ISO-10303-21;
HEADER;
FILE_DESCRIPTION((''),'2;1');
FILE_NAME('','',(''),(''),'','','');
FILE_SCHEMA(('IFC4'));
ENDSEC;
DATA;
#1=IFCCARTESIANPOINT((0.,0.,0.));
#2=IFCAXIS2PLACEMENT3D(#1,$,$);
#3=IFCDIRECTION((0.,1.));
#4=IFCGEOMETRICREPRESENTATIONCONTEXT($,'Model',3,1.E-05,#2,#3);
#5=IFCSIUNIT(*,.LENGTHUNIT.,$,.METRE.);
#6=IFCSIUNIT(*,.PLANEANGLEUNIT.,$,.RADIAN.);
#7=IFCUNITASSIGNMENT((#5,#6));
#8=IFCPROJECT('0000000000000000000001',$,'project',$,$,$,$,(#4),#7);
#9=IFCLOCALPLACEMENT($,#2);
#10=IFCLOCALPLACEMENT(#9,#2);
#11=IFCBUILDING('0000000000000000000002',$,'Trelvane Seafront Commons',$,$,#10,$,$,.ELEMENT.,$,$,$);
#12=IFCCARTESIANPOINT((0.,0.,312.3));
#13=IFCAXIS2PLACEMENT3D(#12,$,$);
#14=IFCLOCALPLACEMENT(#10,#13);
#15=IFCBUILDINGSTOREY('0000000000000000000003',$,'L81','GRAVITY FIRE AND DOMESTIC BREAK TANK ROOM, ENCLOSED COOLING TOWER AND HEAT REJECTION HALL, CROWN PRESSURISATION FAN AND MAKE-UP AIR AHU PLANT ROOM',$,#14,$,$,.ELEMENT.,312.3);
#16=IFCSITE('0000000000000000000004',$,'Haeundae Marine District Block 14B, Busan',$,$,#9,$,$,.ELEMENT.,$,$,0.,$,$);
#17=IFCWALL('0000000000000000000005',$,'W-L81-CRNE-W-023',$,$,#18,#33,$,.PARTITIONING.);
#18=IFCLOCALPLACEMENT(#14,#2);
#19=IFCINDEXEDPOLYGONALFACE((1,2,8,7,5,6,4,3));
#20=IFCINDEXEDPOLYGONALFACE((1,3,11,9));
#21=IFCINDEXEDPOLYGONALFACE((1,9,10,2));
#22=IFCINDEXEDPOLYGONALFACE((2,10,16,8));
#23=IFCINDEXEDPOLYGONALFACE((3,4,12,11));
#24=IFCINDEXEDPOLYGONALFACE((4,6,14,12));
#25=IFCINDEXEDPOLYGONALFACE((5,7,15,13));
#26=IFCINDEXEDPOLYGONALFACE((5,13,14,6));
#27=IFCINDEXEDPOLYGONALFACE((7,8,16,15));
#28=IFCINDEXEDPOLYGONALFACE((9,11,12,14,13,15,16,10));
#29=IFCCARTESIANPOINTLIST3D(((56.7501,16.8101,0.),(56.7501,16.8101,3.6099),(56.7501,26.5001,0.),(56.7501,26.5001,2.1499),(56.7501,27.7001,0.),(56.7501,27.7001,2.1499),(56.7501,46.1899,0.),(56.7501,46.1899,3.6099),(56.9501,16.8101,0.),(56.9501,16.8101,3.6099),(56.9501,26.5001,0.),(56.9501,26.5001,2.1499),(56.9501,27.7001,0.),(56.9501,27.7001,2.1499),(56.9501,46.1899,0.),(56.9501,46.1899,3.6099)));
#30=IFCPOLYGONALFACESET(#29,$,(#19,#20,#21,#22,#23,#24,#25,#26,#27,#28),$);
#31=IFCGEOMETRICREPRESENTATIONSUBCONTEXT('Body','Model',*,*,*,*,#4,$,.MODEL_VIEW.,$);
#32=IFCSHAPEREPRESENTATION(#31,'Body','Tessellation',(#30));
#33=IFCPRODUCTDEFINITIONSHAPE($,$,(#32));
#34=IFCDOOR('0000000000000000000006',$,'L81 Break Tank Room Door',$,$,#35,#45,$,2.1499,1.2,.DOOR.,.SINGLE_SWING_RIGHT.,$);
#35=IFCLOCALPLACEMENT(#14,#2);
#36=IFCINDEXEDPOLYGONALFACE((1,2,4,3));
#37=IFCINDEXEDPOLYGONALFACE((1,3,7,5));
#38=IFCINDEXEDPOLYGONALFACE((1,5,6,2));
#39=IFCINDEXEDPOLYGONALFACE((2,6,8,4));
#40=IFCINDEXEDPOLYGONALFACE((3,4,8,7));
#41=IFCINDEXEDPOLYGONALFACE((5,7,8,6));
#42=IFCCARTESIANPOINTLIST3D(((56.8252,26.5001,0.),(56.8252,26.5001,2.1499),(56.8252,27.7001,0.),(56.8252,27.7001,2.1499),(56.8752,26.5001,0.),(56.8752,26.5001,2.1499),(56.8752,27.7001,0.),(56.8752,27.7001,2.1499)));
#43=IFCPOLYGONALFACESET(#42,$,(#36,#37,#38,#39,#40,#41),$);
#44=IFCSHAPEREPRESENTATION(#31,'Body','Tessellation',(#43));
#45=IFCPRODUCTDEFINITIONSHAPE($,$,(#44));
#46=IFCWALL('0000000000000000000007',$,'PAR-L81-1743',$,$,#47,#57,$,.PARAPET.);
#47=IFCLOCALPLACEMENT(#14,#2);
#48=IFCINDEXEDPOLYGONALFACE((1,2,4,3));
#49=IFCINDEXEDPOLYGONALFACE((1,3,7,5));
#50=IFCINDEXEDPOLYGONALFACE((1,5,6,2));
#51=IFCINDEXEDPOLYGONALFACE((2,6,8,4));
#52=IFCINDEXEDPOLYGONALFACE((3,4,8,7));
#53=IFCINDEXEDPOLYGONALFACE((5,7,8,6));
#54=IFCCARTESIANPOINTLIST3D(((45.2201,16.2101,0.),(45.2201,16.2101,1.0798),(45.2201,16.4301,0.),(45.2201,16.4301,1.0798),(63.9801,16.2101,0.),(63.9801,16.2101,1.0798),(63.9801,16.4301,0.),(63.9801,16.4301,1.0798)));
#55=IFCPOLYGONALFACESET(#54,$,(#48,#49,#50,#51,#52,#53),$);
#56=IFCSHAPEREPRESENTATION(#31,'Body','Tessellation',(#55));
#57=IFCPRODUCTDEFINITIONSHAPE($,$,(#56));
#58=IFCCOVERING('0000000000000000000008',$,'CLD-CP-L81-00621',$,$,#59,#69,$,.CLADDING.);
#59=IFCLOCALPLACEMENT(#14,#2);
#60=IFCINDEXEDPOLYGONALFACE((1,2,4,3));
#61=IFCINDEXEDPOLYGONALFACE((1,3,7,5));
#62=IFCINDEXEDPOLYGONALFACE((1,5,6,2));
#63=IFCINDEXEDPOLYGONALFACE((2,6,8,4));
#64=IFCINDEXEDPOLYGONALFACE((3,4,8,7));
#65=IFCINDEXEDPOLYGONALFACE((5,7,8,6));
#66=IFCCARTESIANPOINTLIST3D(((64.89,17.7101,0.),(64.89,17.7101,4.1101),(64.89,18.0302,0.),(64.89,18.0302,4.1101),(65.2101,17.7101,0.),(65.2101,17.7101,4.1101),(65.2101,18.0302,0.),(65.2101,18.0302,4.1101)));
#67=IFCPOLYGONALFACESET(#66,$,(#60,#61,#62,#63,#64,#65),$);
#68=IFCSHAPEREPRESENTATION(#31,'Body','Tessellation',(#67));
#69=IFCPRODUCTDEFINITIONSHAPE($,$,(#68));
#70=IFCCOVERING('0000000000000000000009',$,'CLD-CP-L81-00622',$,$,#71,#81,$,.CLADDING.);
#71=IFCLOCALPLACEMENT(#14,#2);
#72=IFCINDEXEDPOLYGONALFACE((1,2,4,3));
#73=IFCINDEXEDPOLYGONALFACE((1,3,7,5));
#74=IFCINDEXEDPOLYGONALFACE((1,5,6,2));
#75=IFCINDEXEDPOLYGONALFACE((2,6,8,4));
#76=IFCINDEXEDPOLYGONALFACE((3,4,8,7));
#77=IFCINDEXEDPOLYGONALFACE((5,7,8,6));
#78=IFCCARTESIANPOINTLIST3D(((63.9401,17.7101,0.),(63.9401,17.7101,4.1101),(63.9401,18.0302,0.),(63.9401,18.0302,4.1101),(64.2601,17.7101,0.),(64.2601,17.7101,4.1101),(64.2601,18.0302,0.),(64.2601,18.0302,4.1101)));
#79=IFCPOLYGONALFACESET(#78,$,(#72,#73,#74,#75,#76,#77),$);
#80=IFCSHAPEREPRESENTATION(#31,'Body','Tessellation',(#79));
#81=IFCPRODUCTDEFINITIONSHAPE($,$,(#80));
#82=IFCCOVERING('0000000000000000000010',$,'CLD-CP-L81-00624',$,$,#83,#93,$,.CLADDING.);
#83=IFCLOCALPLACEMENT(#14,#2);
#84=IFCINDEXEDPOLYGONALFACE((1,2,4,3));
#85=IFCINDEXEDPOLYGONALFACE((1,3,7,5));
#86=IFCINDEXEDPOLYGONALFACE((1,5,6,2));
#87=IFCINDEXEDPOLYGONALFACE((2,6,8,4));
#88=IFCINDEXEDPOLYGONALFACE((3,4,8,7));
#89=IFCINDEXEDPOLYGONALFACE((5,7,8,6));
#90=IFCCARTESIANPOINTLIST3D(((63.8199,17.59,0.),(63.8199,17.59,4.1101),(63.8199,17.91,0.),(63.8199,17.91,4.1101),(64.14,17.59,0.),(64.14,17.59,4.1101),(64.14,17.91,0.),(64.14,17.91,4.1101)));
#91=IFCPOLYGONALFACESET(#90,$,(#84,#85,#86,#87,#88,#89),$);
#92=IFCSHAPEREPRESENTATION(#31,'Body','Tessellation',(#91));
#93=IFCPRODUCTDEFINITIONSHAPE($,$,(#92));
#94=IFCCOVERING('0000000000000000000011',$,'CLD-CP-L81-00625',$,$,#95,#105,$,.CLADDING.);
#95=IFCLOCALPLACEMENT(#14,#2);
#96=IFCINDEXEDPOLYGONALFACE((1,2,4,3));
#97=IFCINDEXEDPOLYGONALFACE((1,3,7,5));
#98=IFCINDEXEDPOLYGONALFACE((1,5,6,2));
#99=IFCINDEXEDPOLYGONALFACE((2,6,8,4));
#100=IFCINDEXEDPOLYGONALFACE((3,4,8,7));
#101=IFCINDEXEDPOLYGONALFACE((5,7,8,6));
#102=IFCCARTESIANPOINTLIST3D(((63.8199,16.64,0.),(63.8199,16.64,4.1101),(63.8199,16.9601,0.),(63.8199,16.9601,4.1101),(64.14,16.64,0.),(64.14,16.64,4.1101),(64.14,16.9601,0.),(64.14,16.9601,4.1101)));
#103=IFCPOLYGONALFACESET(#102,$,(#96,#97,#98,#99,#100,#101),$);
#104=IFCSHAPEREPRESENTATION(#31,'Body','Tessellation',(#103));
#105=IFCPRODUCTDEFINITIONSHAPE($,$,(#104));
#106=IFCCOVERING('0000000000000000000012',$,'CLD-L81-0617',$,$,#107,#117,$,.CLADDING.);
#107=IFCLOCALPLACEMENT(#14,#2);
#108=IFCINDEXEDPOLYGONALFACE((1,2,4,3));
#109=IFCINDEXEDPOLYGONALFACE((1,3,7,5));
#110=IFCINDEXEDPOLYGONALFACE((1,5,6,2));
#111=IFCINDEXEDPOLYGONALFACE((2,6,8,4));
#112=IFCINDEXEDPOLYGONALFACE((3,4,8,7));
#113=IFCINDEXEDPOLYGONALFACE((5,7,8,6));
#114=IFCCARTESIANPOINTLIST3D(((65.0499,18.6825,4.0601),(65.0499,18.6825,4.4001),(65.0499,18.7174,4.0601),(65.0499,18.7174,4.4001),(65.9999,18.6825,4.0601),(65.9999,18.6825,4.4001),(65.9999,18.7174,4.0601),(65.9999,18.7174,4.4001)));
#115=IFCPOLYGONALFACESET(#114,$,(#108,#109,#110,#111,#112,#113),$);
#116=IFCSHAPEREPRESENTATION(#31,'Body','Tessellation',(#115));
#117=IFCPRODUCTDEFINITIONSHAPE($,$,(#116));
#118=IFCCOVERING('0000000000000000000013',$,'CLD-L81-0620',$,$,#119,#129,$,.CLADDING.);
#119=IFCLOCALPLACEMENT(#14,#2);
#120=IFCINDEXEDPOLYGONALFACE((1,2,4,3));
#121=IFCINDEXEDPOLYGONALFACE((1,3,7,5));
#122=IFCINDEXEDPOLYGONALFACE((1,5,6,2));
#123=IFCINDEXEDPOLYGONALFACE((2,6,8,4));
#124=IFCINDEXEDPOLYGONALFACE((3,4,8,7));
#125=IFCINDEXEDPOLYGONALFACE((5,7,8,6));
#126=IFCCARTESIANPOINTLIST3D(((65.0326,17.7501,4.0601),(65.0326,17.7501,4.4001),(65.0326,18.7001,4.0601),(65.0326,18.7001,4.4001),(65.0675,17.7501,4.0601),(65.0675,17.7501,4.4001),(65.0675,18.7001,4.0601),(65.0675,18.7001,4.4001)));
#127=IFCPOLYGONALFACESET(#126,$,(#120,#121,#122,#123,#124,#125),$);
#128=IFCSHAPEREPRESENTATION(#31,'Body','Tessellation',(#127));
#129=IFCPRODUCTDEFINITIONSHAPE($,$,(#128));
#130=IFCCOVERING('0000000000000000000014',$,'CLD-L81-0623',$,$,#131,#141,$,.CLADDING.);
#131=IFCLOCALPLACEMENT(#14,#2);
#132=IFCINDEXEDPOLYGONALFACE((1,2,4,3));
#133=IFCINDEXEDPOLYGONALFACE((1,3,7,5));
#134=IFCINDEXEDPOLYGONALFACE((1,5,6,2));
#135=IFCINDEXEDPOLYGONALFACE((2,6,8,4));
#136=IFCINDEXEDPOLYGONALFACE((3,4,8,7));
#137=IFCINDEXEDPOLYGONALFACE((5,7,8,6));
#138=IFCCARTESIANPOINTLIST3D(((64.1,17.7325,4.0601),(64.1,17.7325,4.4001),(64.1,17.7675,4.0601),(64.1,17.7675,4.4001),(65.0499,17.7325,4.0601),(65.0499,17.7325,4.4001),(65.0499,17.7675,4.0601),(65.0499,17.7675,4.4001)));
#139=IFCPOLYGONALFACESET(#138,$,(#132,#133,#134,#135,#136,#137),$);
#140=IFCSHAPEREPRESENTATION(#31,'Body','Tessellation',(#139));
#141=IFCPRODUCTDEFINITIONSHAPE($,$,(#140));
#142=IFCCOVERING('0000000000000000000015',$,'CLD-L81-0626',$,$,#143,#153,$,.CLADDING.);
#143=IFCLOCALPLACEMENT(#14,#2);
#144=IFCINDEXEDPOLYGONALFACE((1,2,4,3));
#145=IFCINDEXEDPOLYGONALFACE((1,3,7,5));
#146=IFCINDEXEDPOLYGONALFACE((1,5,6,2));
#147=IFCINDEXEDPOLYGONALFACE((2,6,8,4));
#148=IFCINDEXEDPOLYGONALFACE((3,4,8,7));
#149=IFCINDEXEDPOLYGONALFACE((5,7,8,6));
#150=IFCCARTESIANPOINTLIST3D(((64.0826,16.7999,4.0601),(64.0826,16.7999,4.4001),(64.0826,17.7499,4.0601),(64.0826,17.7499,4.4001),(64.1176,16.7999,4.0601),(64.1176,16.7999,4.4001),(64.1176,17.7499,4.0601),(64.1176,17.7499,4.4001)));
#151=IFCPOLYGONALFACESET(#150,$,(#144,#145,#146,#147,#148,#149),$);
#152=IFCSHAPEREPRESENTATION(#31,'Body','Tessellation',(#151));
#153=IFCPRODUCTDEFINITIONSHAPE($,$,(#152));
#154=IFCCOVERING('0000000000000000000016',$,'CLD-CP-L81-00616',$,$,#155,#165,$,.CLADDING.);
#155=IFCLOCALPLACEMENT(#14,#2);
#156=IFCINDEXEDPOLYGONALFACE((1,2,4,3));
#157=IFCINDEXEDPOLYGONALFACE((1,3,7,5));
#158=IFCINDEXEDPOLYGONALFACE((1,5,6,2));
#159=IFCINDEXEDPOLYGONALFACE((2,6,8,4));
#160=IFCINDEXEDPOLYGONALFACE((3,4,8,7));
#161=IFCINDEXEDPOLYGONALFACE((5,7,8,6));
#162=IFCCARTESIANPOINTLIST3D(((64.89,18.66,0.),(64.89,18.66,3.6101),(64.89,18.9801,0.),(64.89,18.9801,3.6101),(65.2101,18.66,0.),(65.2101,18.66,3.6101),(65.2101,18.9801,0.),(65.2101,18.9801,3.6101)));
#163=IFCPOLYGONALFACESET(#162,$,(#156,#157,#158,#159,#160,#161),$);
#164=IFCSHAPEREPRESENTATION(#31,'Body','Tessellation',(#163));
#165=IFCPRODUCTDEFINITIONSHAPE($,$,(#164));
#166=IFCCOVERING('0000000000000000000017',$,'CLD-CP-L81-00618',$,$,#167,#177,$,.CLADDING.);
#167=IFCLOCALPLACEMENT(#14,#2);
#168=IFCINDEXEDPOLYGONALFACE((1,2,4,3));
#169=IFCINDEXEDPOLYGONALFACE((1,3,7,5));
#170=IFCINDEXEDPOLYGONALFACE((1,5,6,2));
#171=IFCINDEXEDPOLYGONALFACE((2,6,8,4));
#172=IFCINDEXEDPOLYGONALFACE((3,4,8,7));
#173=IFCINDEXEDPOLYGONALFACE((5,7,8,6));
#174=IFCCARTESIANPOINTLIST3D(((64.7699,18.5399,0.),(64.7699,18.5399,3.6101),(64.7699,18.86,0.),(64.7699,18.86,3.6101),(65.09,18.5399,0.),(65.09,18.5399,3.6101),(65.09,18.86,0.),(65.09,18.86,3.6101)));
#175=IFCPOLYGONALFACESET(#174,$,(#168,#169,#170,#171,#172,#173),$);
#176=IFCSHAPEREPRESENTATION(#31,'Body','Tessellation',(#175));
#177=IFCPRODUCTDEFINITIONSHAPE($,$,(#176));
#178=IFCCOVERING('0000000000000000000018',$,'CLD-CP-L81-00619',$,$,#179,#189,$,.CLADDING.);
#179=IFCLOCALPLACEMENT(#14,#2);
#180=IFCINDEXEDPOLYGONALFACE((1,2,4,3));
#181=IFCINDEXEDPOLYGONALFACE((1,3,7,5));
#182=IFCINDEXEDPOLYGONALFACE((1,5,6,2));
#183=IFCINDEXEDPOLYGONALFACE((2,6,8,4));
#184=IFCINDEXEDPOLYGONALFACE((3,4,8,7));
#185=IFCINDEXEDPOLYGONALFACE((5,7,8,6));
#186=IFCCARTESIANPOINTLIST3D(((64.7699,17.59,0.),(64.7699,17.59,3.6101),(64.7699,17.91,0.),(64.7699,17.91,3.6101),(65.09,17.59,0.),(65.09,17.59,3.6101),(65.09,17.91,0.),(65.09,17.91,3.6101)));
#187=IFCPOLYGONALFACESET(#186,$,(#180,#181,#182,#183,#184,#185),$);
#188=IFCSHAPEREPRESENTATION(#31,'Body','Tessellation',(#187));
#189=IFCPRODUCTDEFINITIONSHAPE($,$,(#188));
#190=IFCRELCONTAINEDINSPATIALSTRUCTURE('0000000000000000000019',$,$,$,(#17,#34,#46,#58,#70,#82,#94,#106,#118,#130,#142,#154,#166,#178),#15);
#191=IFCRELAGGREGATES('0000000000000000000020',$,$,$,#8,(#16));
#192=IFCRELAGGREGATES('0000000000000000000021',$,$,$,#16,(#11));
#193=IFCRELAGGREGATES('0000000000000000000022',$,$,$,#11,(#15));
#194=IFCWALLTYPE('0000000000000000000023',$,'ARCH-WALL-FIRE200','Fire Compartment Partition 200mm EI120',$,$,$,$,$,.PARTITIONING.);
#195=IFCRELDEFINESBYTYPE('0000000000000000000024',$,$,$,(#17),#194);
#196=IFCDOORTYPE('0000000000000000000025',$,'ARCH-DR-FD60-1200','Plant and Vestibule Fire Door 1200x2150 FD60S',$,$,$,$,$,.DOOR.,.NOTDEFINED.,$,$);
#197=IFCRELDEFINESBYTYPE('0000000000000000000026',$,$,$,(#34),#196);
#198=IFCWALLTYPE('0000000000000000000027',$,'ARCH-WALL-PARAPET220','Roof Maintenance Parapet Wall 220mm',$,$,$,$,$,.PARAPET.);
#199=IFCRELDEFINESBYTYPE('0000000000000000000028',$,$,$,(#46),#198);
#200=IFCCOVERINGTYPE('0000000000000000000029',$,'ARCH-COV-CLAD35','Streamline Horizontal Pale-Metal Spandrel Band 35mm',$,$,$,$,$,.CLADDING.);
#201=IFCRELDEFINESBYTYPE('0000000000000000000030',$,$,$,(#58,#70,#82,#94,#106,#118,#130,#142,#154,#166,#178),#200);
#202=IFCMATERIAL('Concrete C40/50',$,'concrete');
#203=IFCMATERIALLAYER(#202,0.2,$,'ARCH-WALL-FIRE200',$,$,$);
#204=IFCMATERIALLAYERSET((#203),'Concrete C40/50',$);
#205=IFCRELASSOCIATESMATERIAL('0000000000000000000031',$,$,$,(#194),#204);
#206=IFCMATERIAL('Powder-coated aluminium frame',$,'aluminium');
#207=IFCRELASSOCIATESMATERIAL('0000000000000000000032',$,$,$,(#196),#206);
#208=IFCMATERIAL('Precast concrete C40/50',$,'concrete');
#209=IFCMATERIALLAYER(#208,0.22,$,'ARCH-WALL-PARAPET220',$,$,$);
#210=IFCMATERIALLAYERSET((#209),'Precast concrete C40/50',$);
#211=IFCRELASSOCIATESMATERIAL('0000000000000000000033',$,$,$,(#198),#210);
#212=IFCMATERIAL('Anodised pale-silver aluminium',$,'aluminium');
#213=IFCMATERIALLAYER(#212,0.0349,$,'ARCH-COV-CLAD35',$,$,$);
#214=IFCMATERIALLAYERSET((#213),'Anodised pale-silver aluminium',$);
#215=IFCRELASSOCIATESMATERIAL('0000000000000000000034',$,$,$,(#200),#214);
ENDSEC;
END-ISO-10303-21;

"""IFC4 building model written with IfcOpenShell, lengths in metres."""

from ifc_helpers import new_model, si_unit, direction, frame, frame_2d, origin, origin_2d, place, context, subcontext, project, spatial, rectangle, extrude, source, transform, mapped, material, layer, layer_set, type_object, element, fill, save


model = new_model("IFC4")

# Units and contexts
model_context = context("Model", 3, precision=1e-05, world=origin(), true_north=direction((0.0, 1.0)))
body_context = subcontext(model_context, "Body", "Model", "MODEL_VIEW")
ifc_project = project(units=[si_unit("LENGTHUNIT", "METRE"), si_unit("PLANEANGLEUNIT", "RADIAN")], contexts=[model_context])

# Site, building, storey
site_placement = place(None, origin())
site = spatial("IfcSite", under=ifc_project, at=site_placement, Name="Haeundae Marine District Block 14B, Busan", CompositionType="ELEMENT", RefElevation=0.0)
building_placement = place(site_placement, origin())
building = spatial("IfcBuilding", under=site, at=building_placement, Name="Trelvane Seafront Commons", CompositionType="ELEMENT")
storey_placement = place(building_placement, frame((0.0, 0.0, 312.3)))
storey = spatial("IfcBuildingStorey", under=building, at=storey_placement, Name="L81", Description="GRAVITY FIRE AND DOMESTIC BREAK TANK ROOM, ENCLOSED COOLING TOWER AND HEAT REJECTION HALL, CROWN PRESSURISATION FAN AND MAKE-UP AIR AHU PLANT ROOM", CompositionType="ELEMENT", Elevation=312.3)

# Shared definitions
ifc_material_1 = material(Name="Anodised pale-silver aluminium", Category="aluminium")

# Shared definitions
ifc_material_2 = material(Name="Precast concrete C40/50", Category="concrete")

# Wall, opening, door
ifc_material_3 = material(Name="Concrete C40/50", Category="concrete")
ifc_layer_1 = layer(ifc_material_3, 0.2, Name="ARCH-WALL-FIRE200")
ifc_layer_set_1 = layer_set([ifc_layer_1], Name="Concrete C40/50")
wall_type_1 = type_object("IfcWallType", Name="ARCH-WALL-FIRE200", Description="Fire Compartment Partition 200mm EI120", PredefinedType="PARTITIONING", material=ifc_layer_set_1)
wall_1_placement = place(storey_placement, frame((56.8501, 16.8101, 0.0), z_axis=(0.0, 0.0, 1.0), x_axis=(0.0, 1.0, 0.0)))
wall_1 = element("IfcWall", 1, at=wall_1_placement, inside=storey, type_object=wall_type_1, Name="W-L81-CRNE-W-023", PredefinedType="PARTITIONING", context=body_context, shape_type="SweptSolid", body=[
    extrude(rectangle(XDim=29.3799, YDim=0.2, at=frame_2d((14.6899, 0.0))), origin(), (0.0, 0.0, 1.0), 3.6099),
])
opening_placement = place(wall_1_placement, frame((9.6899, 0.0, 0.0)))
opening = element("IfcOpeningElement", 2, at=opening_placement, cuts=wall_1, PredefinedType="OPENING", context=body_context, shape_type="SweptSolid", body=[
    extrude(rectangle(XDim=1.2, YDim=2.1499, at=frame_2d((0.6001, 1.075))), frame((0.0, 0.1099, 0.0), z_axis=(0.0, -1.0, 0.0), x_axis=(1.0, 0.0, 0.0)), (0.0, 0.0, 1.0), 0.22),
])
ifc_material_4 = material(Name="Powder-coated aluminium frame", Category="aluminium")
door_type = type_object("IfcDoorType", Name="ARCH-DR-FD60-1200", Description="Plant and Vestibule Fire Door 1200x2150 FD60S", OperationType="NOTDEFINED", PredefinedType="DOOR", material=ifc_material_4)
shared_shape_1 = source(origin(), body_context, "Body", "SweptSolid", [
    extrude(rectangle(XDim=1.2, YDim=2.1499, at=frame_2d((0.6001, 1.075))), frame((0.0, 0.0249, 0.0), z_axis=(0.0, -1.0, 0.0), x_axis=(1.0, 0.0, 0.0)), (0.0, 0.0, 1.0), 0.05),
])
door_placement = place(opening_placement, origin())
door = element("IfcDoor", 3, at=door_placement, inside=storey, type_object=door_type, Name="L81 Break Tank Room Door", OperationType="SINGLE_SWING_RIGHT", OverallHeight=2.1499, OverallWidth=1.2, PredefinedType="DOOR", context=body_context, shape_type="MappedRepresentation", body=[
    mapped(shared_shape_1, transform((0.0, 0.0, 0.0), x_axis=(1.0, 0.0, 0.0), y_axis=(0.0, 1.0, 0.0), z_axis=(0.0, 0.0, 1.0), scale=1.0)),
])
fill(opening, door)

# Wall
ifc_layer_2 = layer(ifc_material_2, 0.22, Name="ARCH-WALL-PARAPET220")
ifc_layer_set_2 = layer_set([ifc_layer_2], Name="Precast concrete C40/50")
wall_type_2 = type_object("IfcWallType", Name="ARCH-WALL-PARAPET220", Description="Roof Maintenance Parapet Wall 220mm", PredefinedType="PARAPET", material=ifc_layer_set_2)
wall_2_placement = place(storey_placement, frame((63.98, 16.3201, 0.0), z_axis=(0.0, 0.0, 1.0), x_axis=(-1.0, 0.0, 0.0)))
element("IfcWall", 4, at=wall_2_placement, inside=storey, type_object=wall_type_2, Name="PAR-L81-1743", PredefinedType="PARAPET", context=body_context, shape_type="SweptSolid", body=[
    extrude(rectangle(XDim=18.76, YDim=0.22, at=frame_2d((9.3799, 0.0))), origin(), (0.0, 0.0, 1.0), 1.0798),
])

# Coverings
ifc_layer_3 = layer(ifc_material_1, 0.0349, Name="ARCH-COV-CLAD35")
ifc_layer_set_3 = layer_set([ifc_layer_3], Name="Anodised pale-silver aluminium")
covering_type = type_object("IfcCoveringType", Name="ARCH-COV-CLAD35", Description="Streamline Horizontal Pale-Metal Spandrel Band 35mm", PredefinedType="CLADDING", material=ifc_layer_set_3)
shared_shape_2 = source(origin(), body_context, "Body", "SweptSolid", [
    extrude(rectangle(XDim=0.3201, YDim=0.3201, at=origin_2d()), origin(), (0.0, 0.0, 1.0), 4.1101),
])
for number, where, z_axis, x_axis, name in (
    (5, (65.05, 17.8701, 0.0), (0.0, 0.0, 1.0), (1.0, 0.0, 0.0), "CLD-CP-L81-00621"),
    (6, (64.1001, 17.8701, 0.0), (0.0, 0.0, 1.0), (1.0, 0.0, 0.0), "CLD-CP-L81-00622"),
    (7, (63.98, 17.75, 0.0), (0.0, 0.0, 1.0), (1.0, 0.0, 0.0), "CLD-CP-L81-00624"),
    (8, (63.98, 16.8, 0.0), (0.0, 0.0, 1.0), (1.0, 0.0, 0.0), "CLD-CP-L81-00625"),
):
    element("IfcCovering", number, at=place(storey_placement, frame(where, z_axis=z_axis, x_axis=x_axis)), inside=storey, type_object=covering_type, Name=name, PredefinedType="CLADDING", context=body_context, shape_type="MappedRepresentation", body=[
        mapped(shared_shape_2, transform((0.0, 0.0, 0.0), x_axis=(1.0, 0.0, 0.0), y_axis=(0.0, 1.0, 0.0), z_axis=(0.0, 0.0, 1.0), scale=1.0)),
    ])
shared_shape_3 = source(origin(), body_context, "Body", "SweptSolid", [
    extrude(rectangle(XDim=0.95, YDim=0.0349, at=origin_2d()), origin(), (0.0, 0.0, 1.0), 0.3401),
])
for number, where, z_axis, x_axis, name in (
    (9, (65.5249, 18.7, 4.0601), (0.0, 0.0, 1.0), (-1.0, 0.0, 0.0), "CLD-L81-0617"),
    (10, (65.05, 18.2251, 4.0601), (0.0, 0.0, 1.0), (0.0, -1.0, 0.0), "CLD-L81-0620"),
    (11, (64.575, 17.75, 4.0601), (0.0, 0.0, 1.0), (-1.0, 0.0, 0.0), "CLD-L81-0623"),
    (12, (64.1001, 17.2749, 4.0601), (0.0, 0.0, 1.0), (0.0, -1.0, 0.0), "CLD-L81-0626"),
):
    element("IfcCovering", number, at=place(storey_placement, frame(where, z_axis=z_axis, x_axis=x_axis)), inside=storey, type_object=covering_type, Name=name, PredefinedType="CLADDING", context=body_context, shape_type="MappedRepresentation", body=[
        mapped(shared_shape_3, transform((0.0, 0.0, 0.0), x_axis=(1.0, 0.0, 0.0), y_axis=(0.0, 1.0, 0.0), z_axis=(0.0, 0.0, 1.0), scale=1.0)),
    ])
shared_shape_4 = source(origin(), body_context, "Body", "SweptSolid", [
    extrude(rectangle(XDim=0.3201, YDim=0.3201, at=origin_2d()), origin(), (0.0, 0.0, 1.0), 3.6101),
])
for number, where, z_axis, x_axis, name in (
    (13, (65.05, 18.8201, 0.0), (0.0, 0.0, 1.0), (1.0, 0.0, 0.0), "CLD-CP-L81-00616"),
    (14, (64.9299, 18.7, 0.0), (0.0, 0.0, 1.0), (1.0, 0.0, 0.0), "CLD-CP-L81-00618"),
    (15, (64.9299, 17.75, 0.0), (0.0, 0.0, 1.0), (1.0, 0.0, 0.0), "CLD-CP-L81-00619"),
):
    element("IfcCovering", number, at=place(storey_placement, frame(where, z_axis=z_axis, x_axis=x_axis)), inside=storey, type_object=covering_type, Name=name, PredefinedType="CLADDING", context=body_context, shape_type="MappedRepresentation", body=[
        mapped(shared_shape_4, transform((0.0, 0.0, 0.0), x_axis=(1.0, 0.0, 0.0), y_axis=(0.0, 1.0, 0.0), z_axis=(0.0, 0.0, 1.0), scale=1.0)),
    ])

save(model, "model.ifc")
